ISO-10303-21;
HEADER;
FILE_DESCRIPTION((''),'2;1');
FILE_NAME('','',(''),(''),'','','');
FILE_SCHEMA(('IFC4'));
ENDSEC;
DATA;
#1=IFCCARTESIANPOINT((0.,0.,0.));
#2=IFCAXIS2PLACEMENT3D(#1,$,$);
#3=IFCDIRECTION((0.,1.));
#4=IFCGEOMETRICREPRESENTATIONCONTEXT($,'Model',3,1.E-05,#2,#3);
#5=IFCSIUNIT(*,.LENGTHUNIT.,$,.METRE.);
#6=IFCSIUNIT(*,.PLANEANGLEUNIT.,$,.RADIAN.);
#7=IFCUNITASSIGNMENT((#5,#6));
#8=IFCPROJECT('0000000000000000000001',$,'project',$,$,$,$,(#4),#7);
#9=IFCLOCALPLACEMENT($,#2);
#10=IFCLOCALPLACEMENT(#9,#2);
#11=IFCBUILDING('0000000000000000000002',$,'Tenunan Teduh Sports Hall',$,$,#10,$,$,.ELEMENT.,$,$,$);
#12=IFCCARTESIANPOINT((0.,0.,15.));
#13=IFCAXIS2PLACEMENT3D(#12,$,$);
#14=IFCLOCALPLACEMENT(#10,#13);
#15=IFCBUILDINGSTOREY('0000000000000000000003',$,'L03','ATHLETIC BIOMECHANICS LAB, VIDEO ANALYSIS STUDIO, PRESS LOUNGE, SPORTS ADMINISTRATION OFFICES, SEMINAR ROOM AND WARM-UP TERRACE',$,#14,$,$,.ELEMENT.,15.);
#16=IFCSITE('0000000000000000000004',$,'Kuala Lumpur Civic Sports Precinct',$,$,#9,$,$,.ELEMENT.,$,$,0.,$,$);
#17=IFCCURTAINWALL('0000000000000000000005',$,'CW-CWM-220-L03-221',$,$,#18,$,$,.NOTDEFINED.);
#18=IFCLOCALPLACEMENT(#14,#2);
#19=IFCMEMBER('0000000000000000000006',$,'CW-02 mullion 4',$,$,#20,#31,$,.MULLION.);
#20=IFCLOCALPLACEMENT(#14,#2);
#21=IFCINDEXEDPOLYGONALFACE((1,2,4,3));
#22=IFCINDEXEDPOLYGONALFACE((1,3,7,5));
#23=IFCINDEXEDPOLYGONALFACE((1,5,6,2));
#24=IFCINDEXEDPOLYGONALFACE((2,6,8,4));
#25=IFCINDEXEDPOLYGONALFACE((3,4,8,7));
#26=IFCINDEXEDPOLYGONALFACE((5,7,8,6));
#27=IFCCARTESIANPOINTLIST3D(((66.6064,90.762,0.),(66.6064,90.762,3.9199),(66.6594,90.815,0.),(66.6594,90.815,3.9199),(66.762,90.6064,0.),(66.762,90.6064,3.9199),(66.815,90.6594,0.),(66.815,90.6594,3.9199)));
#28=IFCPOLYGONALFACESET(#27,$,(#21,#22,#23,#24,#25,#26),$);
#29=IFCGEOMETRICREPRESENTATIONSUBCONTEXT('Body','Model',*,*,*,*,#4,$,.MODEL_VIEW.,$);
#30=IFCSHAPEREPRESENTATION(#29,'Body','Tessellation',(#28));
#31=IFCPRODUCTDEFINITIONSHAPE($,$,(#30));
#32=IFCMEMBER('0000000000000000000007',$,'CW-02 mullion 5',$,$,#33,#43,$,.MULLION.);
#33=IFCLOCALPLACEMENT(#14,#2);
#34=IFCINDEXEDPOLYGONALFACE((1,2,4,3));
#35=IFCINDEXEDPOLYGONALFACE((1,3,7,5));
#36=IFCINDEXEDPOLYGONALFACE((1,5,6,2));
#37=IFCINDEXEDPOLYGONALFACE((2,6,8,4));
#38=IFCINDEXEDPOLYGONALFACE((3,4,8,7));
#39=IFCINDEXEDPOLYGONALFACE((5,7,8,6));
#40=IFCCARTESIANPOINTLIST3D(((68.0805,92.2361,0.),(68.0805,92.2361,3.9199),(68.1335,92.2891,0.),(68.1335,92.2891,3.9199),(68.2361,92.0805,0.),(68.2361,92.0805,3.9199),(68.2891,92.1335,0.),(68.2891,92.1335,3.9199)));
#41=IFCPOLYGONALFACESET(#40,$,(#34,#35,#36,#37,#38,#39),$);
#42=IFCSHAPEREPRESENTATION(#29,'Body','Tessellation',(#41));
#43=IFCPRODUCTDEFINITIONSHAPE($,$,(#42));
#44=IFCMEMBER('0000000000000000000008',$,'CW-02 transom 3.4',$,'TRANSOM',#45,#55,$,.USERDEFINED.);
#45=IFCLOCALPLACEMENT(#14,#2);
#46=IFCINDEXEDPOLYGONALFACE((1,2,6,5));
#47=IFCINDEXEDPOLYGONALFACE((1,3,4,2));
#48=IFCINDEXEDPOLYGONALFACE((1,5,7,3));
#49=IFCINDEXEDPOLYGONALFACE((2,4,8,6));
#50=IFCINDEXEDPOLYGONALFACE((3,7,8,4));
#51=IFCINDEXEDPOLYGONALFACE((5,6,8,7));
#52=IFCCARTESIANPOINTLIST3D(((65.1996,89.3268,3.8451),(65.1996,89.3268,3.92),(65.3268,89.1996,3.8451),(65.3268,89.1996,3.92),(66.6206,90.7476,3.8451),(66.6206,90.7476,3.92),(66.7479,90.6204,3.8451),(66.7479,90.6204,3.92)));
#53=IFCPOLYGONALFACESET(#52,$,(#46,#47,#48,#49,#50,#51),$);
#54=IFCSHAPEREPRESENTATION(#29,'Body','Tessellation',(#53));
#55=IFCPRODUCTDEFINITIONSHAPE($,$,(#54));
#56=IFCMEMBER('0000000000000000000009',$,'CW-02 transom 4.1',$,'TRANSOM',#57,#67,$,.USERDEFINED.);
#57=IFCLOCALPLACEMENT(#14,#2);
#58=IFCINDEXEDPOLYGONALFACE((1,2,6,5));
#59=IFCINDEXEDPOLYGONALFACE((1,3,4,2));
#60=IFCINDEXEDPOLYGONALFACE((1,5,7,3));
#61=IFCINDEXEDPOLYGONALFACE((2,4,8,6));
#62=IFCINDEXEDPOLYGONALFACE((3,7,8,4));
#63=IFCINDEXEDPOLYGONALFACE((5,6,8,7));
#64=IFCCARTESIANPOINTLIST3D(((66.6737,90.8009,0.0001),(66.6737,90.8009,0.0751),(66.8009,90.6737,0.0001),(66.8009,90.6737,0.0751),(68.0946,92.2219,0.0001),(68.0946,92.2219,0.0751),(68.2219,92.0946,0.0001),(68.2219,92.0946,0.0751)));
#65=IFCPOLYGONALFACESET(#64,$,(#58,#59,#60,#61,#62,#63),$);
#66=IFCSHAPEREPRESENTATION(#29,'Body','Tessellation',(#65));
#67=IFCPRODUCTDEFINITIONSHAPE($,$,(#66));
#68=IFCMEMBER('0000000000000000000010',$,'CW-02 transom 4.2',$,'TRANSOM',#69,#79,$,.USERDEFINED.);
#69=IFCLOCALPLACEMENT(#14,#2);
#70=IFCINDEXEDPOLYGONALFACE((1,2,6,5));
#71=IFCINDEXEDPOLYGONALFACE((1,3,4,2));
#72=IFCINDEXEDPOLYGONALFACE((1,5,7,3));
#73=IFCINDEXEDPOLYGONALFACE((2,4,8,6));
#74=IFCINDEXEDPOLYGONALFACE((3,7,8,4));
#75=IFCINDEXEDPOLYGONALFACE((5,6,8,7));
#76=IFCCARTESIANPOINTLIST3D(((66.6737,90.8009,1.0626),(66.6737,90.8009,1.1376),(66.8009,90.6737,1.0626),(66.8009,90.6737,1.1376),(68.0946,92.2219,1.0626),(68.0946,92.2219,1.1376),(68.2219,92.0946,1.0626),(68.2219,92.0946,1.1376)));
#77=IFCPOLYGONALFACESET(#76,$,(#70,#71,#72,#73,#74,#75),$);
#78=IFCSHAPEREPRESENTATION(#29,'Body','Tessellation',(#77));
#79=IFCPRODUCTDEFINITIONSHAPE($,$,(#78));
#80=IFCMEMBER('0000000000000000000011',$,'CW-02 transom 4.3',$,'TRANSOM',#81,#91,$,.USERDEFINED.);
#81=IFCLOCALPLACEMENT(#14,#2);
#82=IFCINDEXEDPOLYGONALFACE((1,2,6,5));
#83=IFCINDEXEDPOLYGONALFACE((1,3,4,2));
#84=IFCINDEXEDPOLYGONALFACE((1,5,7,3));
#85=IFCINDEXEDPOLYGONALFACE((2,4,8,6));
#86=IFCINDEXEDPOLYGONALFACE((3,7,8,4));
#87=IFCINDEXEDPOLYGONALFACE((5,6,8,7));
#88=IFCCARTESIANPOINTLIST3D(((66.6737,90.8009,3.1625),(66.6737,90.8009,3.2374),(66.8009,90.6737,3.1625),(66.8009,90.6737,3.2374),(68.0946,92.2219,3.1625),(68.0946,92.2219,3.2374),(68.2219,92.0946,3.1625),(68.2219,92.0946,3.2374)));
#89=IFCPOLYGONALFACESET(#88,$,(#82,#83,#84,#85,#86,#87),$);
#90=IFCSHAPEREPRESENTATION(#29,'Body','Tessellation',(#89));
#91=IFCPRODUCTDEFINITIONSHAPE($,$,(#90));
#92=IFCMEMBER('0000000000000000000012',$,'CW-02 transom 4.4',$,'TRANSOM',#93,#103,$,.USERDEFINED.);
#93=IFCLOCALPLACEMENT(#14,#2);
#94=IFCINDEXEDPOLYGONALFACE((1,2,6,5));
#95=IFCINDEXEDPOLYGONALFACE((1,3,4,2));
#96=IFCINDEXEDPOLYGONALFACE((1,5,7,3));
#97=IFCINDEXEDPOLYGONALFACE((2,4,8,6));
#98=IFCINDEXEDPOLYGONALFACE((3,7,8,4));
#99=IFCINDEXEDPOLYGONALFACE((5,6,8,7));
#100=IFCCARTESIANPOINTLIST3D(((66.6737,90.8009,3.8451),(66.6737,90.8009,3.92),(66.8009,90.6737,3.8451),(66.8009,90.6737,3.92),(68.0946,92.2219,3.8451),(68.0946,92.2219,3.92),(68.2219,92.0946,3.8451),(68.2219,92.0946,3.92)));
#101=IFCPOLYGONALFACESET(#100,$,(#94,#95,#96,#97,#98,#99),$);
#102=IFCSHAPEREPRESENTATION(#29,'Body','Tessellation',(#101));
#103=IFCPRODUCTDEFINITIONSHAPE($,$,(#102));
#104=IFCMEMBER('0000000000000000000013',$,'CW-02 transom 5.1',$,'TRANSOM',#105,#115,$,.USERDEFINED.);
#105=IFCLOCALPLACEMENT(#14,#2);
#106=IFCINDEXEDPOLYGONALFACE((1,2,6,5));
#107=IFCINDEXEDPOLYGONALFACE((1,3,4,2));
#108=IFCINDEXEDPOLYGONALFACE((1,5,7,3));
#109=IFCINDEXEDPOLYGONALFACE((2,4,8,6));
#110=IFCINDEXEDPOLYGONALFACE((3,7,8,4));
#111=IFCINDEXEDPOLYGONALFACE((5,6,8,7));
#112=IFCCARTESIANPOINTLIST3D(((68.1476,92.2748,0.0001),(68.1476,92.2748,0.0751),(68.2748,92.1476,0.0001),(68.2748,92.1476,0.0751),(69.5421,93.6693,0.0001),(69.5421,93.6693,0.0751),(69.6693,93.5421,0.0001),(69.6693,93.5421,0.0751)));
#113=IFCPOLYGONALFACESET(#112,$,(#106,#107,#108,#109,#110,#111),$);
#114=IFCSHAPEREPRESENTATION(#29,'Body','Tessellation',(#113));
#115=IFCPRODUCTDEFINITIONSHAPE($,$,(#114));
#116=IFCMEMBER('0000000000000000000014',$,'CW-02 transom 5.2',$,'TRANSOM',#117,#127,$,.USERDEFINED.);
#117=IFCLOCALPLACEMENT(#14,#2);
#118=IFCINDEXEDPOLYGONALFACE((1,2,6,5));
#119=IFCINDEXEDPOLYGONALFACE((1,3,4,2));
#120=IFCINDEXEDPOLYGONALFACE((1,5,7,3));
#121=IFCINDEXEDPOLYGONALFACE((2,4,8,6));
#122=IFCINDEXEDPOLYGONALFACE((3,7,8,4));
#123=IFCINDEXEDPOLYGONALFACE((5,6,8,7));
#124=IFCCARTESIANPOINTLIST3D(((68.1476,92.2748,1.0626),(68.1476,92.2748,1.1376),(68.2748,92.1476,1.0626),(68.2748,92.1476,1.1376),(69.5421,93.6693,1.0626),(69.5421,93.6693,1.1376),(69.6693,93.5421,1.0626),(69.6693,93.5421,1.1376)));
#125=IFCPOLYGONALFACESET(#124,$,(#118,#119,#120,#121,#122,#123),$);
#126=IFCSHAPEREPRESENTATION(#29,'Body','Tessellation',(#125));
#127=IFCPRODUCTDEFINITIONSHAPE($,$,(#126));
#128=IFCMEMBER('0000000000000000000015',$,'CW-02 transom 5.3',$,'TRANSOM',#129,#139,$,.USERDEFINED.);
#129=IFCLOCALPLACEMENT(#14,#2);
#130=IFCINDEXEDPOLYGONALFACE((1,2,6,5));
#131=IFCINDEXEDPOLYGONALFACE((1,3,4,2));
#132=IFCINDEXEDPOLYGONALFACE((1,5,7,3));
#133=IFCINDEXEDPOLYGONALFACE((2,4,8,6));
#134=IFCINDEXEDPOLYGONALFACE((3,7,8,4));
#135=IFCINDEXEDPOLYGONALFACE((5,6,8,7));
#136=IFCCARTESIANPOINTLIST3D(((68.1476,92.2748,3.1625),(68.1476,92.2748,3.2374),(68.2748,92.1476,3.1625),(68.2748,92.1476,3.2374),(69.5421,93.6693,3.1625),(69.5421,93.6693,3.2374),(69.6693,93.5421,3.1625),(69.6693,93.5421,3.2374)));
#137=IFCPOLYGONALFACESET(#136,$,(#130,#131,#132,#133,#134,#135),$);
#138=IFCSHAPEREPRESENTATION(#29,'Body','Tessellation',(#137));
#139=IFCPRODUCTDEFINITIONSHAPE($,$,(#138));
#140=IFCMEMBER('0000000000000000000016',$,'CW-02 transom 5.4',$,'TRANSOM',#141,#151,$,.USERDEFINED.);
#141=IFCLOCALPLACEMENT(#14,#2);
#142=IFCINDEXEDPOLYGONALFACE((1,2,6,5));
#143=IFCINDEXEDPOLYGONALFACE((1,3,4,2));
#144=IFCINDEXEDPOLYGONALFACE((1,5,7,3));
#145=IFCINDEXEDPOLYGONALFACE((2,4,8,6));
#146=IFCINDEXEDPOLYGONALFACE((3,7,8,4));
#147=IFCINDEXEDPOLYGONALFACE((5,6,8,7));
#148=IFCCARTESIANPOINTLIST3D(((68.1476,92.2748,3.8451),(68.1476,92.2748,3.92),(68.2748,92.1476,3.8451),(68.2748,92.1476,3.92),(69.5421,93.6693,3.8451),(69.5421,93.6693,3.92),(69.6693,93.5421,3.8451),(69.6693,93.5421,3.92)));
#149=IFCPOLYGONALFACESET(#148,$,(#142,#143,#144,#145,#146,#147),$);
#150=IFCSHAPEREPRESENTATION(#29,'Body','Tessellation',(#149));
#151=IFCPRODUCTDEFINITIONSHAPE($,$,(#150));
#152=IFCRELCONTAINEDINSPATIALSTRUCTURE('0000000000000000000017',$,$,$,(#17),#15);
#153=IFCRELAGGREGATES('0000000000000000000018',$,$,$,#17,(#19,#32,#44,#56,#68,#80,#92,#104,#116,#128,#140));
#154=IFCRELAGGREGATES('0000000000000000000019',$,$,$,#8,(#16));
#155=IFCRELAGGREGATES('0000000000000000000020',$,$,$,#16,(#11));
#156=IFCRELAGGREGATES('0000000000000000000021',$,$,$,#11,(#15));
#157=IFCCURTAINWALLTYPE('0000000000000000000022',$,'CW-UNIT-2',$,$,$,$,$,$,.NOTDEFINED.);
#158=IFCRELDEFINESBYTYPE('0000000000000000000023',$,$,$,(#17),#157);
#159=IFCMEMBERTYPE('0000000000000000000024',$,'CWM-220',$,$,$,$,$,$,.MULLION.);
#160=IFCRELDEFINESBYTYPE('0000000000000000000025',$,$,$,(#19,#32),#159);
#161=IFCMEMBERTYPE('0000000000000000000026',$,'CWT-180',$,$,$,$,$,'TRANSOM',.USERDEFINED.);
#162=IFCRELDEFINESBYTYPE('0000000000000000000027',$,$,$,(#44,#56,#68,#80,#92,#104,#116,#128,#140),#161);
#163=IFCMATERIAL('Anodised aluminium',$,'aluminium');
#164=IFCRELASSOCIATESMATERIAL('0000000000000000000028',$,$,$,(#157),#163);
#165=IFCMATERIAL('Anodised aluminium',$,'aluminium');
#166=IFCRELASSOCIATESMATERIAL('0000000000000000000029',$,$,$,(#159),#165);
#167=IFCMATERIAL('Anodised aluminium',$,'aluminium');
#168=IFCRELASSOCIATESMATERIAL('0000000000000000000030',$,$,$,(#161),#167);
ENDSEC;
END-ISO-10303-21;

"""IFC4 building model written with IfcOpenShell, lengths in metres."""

from ifc_helpers import new_model, si_unit, direction, frame, origin, origin_2d, place, context, subcontext, project, spatial, rectangle, extrude, material, material_profile, profile_set, type_object, element, aggregate, save


model = new_model("IFC4")

# Units and contexts
model_context = context("Model", 3, precision=1e-05, world=origin(), true_north=direction((0.0, 1.0)))
body_context = subcontext(model_context, "Body", "Model", "MODEL_VIEW")
ifc_project = project(units=[si_unit("LENGTHUNIT", "METRE"), si_unit("PLANEANGLEUNIT", "RADIAN")], contexts=[model_context])

# Site, building, storey
site_placement = place(None, origin())
site = spatial("IfcSite", under=ifc_project, at=site_placement, Name="Kuala Lumpur Civic Sports Precinct", CompositionType="ELEMENT", RefElevation=0.0)
building_placement = place(site_placement, origin())
building = spatial("IfcBuilding", under=site, at=building_placement, Name="Tenunan Teduh Sports Hall", CompositionType="ELEMENT")
storey_placement = place(building_placement, frame((0.0, 0.0, 15.0)))
storey = spatial("IfcBuildingStorey", under=building, at=storey_placement, Name="L03", Description="ATHLETIC BIOMECHANICS LAB, VIDEO ANALYSIS STUDIO, PRESS LOUNGE, SPORTS ADMINISTRATION OFFICES, SEMINAR ROOM AND WARM-UP TERRACE", CompositionType="ELEMENT", Elevation=15.0)

# Curtain wall, members
ifc_material_1 = material(Name="Anodised aluminium", Category="aluminium")
curtain_wall_type = type_object("IfcCurtainWallType", Name="CW-UNIT-2", PredefinedType="NOTDEFINED", material=ifc_material_1)
curtain_wall_placement = place(storey_placement, origin())
curtain_wall = element("IfcCurtainWall", 1, at=curtain_wall_placement, inside=storey, type_object=curtain_wall_type, Name="CW-CWM-220-L03-221", PredefinedType="NOTDEFINED")
ifc_material_2 = material(Name="Anodised aluminium", Category="aluminium")
ifc_material_profile_1 = material_profile(ifc_material_2, rectangle(XDim=0.075, YDim=0.22, at=origin_2d()), Name="CWM 75x220")
ifc_profile_set_1 = profile_set([ifc_material_profile_1], Name="Anodised aluminium")
member_type_1 = type_object("IfcMemberType", Name="CWM-220", PredefinedType="MULLION", material=ifc_profile_set_1)
member_1_placement = place(storey_placement, frame((66.7107, 90.7107, 0.0), z_axis=(0.0, 0.0, 1.0), x_axis=(0.707102, 0.707112, 0.0)))
member_1 = element("IfcMember", 2, at=member_1_placement, type_object=member_type_1, Name="CW-02 mullion 4", PredefinedType="MULLION", context=body_context, shape_type="SweptSolid", body=[
    extrude(rectangle(XDim=0.075, YDim=0.22, at=origin_2d()), origin(), (0.0, 0.0, 1.0), 3.9199),
])
member_2_placement = place(storey_placement, frame((68.1848, 92.1848, 0.0), z_axis=(0.0, 0.0, 1.0), x_axis=(0.707102, 0.707112, 0.0)))
member_2 = element("IfcMember", 3, at=member_2_placement, type_object=member_type_1, Name="CW-02 mullion 5", PredefinedType="MULLION", context=body_context, shape_type="SweptSolid", body=[
    extrude(rectangle(XDim=0.075, YDim=0.22, at=origin_2d()), origin(), (0.0, 0.0, 1.0), 3.9199),
])
ifc_material_3 = material(Name="Anodised aluminium", Category="aluminium")
ifc_material_profile_2 = material_profile(ifc_material_3, rectangle(XDim=0.075, YDim=0.1799, at=origin_2d()), Name="CWT 75x180")
ifc_profile_set_2 = profile_set([ifc_material_profile_2], Name="Anodised aluminium")
member_type_2 = type_object("IfcMemberType", Name="CWT-180", ElementType="TRANSOM", PredefinedType="USERDEFINED", material=ifc_profile_set_2)
member_3_placement = place(storey_placement, frame((65.2632, 89.2632, 3.8826), z_axis=(0.707168, 0.707046, 0.0), x_axis=(0.0, 0.0, 1.0)))
member_3 = element("IfcMember", 4, at=member_3_placement, type_object=member_type_2, Name="CW-02 transom 3.4", ObjectType="TRANSOM", PredefinedType="USERDEFINED", context=body_context, shape_type="SweptSolid", body=[
    extrude(rectangle(XDim=0.075, YDim=0.1799, at=origin_2d()), origin(), (0.0, 0.0, 1.0), 2.0095),
])
member_4_placement = place(storey_placement, frame((66.7373, 90.7373, 0.0376), z_axis=(0.707107, 0.707107, 0.0), x_axis=(0.0, 0.0, 1.0)))
member_4 = element("IfcMember", 5, at=member_4_placement, type_object=member_type_2, Name="CW-02 transom 4.1", ObjectType="TRANSOM", PredefinedType="USERDEFINED", context=body_context, shape_type="SweptSolid", body=[
    extrude(rectangle(XDim=0.075, YDim=0.1799, at=origin_2d()), origin(), (0.0, 0.0, 1.0), 2.0095),
])
member_5_placement = place(storey_placement, frame((66.7373, 90.7373, 1.1001), z_axis=(0.707107, 0.707107, 0.0), x_axis=(0.0, 0.0, 1.0)))
member_5 = element("IfcMember", 6, at=member_5_placement, type_object=member_type_2, Name="CW-02 transom 4.2", ObjectType="TRANSOM", PredefinedType="USERDEFINED", context=body_context, shape_type="SweptSolid", body=[
    extrude(rectangle(XDim=0.075, YDim=0.1799, at=origin_2d()), origin(), (0.0, 0.0, 1.0), 2.0095),
])
member_6_placement = place(storey_placement, frame((66.7373, 90.7373, 3.2), z_axis=(0.707107, 0.707107, 0.0), x_axis=(0.0, 0.0, 1.0)))
member_6 = element("IfcMember", 7, at=member_6_placement, type_object=member_type_2, Name="CW-02 transom 4.3", ObjectType="TRANSOM", PredefinedType="USERDEFINED", context=body_context, shape_type="SweptSolid", body=[
    extrude(rectangle(XDim=0.075, YDim=0.1799, at=origin_2d()), origin(), (0.0, 0.0, 1.0), 2.0095),
])
member_7_placement = place(storey_placement, frame((66.7373, 90.7373, 3.8826), z_axis=(0.707107, 0.707107, 0.0), x_axis=(0.0, 0.0, 1.0)))
member_7 = element("IfcMember", 8, at=member_7_placement, type_object=member_type_2, Name="CW-02 transom 4.4", ObjectType="TRANSOM", PredefinedType="USERDEFINED", context=body_context, shape_type="SweptSolid", body=[
    extrude(rectangle(XDim=0.075, YDim=0.1799, at=origin_2d()), origin(), (0.0, 0.0, 1.0), 2.0095),
])
member_8_placement = place(storey_placement, frame((68.2112, 92.2112, 0.0376), z_axis=(0.707107, 0.707107, 0.0), x_axis=(0.0, 0.0, 1.0)))
member_8 = element("IfcMember", 9, at=member_8_placement, type_object=member_type_2, Name="CW-02 transom 5.1", ObjectType="TRANSOM", PredefinedType="USERDEFINED", context=body_context, shape_type="SweptSolid", body=[
    extrude(rectangle(XDim=0.075, YDim=0.1799, at=origin_2d()), origin(), (0.0, 0.0, 1.0), 1.9722),
])
member_9_placement = place(storey_placement, frame((68.2112, 92.2112, 1.1001), z_axis=(0.707107, 0.707107, 0.0), x_axis=(0.0, 0.0, 1.0)))
member_9 = element("IfcMember", 10, at=member_9_placement, type_object=member_type_2, Name="CW-02 transom 5.2", ObjectType="TRANSOM", PredefinedType="USERDEFINED", context=body_context, shape_type="SweptSolid", body=[
    extrude(rectangle(XDim=0.075, YDim=0.1799, at=origin_2d()), origin(), (0.0, 0.0, 1.0), 1.9722),
])
member_10_placement = place(storey_placement, frame((68.2112, 92.2112, 3.2), z_axis=(0.707107, 0.707107, 0.0), x_axis=(0.0, 0.0, 1.0)))
member_10 = element("IfcMember", 11, at=member_10_placement, type_object=member_type_2, Name="CW-02 transom 5.3", ObjectType="TRANSOM", PredefinedType="USERDEFINED", context=body_context, shape_type="SweptSolid", body=[
    extrude(rectangle(XDim=0.075, YDim=0.1799, at=origin_2d()), origin(), (0.0, 0.0, 1.0), 1.9722),
])
member_11_placement = place(storey_placement, frame((68.2112, 92.2112, 3.8826), z_axis=(0.707107, 0.707107, 0.0), x_axis=(0.0, 0.0, 1.0)))
member_11 = element("IfcMember", 12, at=member_11_placement, type_object=member_type_2, Name="CW-02 transom 5.4", ObjectType="TRANSOM", PredefinedType="USERDEFINED", context=body_context, shape_type="SweptSolid", body=[
    extrude(rectangle(XDim=0.075, YDim=0.1799, at=origin_2d()), origin(), (0.0, 0.0, 1.0), 1.9722),
])

aggregate(curtain_wall, [member_1, member_2, member_3, member_4, member_5, member_6, member_7, member_8, member_9, member_10, member_11])

save(model, "model.ifc")
